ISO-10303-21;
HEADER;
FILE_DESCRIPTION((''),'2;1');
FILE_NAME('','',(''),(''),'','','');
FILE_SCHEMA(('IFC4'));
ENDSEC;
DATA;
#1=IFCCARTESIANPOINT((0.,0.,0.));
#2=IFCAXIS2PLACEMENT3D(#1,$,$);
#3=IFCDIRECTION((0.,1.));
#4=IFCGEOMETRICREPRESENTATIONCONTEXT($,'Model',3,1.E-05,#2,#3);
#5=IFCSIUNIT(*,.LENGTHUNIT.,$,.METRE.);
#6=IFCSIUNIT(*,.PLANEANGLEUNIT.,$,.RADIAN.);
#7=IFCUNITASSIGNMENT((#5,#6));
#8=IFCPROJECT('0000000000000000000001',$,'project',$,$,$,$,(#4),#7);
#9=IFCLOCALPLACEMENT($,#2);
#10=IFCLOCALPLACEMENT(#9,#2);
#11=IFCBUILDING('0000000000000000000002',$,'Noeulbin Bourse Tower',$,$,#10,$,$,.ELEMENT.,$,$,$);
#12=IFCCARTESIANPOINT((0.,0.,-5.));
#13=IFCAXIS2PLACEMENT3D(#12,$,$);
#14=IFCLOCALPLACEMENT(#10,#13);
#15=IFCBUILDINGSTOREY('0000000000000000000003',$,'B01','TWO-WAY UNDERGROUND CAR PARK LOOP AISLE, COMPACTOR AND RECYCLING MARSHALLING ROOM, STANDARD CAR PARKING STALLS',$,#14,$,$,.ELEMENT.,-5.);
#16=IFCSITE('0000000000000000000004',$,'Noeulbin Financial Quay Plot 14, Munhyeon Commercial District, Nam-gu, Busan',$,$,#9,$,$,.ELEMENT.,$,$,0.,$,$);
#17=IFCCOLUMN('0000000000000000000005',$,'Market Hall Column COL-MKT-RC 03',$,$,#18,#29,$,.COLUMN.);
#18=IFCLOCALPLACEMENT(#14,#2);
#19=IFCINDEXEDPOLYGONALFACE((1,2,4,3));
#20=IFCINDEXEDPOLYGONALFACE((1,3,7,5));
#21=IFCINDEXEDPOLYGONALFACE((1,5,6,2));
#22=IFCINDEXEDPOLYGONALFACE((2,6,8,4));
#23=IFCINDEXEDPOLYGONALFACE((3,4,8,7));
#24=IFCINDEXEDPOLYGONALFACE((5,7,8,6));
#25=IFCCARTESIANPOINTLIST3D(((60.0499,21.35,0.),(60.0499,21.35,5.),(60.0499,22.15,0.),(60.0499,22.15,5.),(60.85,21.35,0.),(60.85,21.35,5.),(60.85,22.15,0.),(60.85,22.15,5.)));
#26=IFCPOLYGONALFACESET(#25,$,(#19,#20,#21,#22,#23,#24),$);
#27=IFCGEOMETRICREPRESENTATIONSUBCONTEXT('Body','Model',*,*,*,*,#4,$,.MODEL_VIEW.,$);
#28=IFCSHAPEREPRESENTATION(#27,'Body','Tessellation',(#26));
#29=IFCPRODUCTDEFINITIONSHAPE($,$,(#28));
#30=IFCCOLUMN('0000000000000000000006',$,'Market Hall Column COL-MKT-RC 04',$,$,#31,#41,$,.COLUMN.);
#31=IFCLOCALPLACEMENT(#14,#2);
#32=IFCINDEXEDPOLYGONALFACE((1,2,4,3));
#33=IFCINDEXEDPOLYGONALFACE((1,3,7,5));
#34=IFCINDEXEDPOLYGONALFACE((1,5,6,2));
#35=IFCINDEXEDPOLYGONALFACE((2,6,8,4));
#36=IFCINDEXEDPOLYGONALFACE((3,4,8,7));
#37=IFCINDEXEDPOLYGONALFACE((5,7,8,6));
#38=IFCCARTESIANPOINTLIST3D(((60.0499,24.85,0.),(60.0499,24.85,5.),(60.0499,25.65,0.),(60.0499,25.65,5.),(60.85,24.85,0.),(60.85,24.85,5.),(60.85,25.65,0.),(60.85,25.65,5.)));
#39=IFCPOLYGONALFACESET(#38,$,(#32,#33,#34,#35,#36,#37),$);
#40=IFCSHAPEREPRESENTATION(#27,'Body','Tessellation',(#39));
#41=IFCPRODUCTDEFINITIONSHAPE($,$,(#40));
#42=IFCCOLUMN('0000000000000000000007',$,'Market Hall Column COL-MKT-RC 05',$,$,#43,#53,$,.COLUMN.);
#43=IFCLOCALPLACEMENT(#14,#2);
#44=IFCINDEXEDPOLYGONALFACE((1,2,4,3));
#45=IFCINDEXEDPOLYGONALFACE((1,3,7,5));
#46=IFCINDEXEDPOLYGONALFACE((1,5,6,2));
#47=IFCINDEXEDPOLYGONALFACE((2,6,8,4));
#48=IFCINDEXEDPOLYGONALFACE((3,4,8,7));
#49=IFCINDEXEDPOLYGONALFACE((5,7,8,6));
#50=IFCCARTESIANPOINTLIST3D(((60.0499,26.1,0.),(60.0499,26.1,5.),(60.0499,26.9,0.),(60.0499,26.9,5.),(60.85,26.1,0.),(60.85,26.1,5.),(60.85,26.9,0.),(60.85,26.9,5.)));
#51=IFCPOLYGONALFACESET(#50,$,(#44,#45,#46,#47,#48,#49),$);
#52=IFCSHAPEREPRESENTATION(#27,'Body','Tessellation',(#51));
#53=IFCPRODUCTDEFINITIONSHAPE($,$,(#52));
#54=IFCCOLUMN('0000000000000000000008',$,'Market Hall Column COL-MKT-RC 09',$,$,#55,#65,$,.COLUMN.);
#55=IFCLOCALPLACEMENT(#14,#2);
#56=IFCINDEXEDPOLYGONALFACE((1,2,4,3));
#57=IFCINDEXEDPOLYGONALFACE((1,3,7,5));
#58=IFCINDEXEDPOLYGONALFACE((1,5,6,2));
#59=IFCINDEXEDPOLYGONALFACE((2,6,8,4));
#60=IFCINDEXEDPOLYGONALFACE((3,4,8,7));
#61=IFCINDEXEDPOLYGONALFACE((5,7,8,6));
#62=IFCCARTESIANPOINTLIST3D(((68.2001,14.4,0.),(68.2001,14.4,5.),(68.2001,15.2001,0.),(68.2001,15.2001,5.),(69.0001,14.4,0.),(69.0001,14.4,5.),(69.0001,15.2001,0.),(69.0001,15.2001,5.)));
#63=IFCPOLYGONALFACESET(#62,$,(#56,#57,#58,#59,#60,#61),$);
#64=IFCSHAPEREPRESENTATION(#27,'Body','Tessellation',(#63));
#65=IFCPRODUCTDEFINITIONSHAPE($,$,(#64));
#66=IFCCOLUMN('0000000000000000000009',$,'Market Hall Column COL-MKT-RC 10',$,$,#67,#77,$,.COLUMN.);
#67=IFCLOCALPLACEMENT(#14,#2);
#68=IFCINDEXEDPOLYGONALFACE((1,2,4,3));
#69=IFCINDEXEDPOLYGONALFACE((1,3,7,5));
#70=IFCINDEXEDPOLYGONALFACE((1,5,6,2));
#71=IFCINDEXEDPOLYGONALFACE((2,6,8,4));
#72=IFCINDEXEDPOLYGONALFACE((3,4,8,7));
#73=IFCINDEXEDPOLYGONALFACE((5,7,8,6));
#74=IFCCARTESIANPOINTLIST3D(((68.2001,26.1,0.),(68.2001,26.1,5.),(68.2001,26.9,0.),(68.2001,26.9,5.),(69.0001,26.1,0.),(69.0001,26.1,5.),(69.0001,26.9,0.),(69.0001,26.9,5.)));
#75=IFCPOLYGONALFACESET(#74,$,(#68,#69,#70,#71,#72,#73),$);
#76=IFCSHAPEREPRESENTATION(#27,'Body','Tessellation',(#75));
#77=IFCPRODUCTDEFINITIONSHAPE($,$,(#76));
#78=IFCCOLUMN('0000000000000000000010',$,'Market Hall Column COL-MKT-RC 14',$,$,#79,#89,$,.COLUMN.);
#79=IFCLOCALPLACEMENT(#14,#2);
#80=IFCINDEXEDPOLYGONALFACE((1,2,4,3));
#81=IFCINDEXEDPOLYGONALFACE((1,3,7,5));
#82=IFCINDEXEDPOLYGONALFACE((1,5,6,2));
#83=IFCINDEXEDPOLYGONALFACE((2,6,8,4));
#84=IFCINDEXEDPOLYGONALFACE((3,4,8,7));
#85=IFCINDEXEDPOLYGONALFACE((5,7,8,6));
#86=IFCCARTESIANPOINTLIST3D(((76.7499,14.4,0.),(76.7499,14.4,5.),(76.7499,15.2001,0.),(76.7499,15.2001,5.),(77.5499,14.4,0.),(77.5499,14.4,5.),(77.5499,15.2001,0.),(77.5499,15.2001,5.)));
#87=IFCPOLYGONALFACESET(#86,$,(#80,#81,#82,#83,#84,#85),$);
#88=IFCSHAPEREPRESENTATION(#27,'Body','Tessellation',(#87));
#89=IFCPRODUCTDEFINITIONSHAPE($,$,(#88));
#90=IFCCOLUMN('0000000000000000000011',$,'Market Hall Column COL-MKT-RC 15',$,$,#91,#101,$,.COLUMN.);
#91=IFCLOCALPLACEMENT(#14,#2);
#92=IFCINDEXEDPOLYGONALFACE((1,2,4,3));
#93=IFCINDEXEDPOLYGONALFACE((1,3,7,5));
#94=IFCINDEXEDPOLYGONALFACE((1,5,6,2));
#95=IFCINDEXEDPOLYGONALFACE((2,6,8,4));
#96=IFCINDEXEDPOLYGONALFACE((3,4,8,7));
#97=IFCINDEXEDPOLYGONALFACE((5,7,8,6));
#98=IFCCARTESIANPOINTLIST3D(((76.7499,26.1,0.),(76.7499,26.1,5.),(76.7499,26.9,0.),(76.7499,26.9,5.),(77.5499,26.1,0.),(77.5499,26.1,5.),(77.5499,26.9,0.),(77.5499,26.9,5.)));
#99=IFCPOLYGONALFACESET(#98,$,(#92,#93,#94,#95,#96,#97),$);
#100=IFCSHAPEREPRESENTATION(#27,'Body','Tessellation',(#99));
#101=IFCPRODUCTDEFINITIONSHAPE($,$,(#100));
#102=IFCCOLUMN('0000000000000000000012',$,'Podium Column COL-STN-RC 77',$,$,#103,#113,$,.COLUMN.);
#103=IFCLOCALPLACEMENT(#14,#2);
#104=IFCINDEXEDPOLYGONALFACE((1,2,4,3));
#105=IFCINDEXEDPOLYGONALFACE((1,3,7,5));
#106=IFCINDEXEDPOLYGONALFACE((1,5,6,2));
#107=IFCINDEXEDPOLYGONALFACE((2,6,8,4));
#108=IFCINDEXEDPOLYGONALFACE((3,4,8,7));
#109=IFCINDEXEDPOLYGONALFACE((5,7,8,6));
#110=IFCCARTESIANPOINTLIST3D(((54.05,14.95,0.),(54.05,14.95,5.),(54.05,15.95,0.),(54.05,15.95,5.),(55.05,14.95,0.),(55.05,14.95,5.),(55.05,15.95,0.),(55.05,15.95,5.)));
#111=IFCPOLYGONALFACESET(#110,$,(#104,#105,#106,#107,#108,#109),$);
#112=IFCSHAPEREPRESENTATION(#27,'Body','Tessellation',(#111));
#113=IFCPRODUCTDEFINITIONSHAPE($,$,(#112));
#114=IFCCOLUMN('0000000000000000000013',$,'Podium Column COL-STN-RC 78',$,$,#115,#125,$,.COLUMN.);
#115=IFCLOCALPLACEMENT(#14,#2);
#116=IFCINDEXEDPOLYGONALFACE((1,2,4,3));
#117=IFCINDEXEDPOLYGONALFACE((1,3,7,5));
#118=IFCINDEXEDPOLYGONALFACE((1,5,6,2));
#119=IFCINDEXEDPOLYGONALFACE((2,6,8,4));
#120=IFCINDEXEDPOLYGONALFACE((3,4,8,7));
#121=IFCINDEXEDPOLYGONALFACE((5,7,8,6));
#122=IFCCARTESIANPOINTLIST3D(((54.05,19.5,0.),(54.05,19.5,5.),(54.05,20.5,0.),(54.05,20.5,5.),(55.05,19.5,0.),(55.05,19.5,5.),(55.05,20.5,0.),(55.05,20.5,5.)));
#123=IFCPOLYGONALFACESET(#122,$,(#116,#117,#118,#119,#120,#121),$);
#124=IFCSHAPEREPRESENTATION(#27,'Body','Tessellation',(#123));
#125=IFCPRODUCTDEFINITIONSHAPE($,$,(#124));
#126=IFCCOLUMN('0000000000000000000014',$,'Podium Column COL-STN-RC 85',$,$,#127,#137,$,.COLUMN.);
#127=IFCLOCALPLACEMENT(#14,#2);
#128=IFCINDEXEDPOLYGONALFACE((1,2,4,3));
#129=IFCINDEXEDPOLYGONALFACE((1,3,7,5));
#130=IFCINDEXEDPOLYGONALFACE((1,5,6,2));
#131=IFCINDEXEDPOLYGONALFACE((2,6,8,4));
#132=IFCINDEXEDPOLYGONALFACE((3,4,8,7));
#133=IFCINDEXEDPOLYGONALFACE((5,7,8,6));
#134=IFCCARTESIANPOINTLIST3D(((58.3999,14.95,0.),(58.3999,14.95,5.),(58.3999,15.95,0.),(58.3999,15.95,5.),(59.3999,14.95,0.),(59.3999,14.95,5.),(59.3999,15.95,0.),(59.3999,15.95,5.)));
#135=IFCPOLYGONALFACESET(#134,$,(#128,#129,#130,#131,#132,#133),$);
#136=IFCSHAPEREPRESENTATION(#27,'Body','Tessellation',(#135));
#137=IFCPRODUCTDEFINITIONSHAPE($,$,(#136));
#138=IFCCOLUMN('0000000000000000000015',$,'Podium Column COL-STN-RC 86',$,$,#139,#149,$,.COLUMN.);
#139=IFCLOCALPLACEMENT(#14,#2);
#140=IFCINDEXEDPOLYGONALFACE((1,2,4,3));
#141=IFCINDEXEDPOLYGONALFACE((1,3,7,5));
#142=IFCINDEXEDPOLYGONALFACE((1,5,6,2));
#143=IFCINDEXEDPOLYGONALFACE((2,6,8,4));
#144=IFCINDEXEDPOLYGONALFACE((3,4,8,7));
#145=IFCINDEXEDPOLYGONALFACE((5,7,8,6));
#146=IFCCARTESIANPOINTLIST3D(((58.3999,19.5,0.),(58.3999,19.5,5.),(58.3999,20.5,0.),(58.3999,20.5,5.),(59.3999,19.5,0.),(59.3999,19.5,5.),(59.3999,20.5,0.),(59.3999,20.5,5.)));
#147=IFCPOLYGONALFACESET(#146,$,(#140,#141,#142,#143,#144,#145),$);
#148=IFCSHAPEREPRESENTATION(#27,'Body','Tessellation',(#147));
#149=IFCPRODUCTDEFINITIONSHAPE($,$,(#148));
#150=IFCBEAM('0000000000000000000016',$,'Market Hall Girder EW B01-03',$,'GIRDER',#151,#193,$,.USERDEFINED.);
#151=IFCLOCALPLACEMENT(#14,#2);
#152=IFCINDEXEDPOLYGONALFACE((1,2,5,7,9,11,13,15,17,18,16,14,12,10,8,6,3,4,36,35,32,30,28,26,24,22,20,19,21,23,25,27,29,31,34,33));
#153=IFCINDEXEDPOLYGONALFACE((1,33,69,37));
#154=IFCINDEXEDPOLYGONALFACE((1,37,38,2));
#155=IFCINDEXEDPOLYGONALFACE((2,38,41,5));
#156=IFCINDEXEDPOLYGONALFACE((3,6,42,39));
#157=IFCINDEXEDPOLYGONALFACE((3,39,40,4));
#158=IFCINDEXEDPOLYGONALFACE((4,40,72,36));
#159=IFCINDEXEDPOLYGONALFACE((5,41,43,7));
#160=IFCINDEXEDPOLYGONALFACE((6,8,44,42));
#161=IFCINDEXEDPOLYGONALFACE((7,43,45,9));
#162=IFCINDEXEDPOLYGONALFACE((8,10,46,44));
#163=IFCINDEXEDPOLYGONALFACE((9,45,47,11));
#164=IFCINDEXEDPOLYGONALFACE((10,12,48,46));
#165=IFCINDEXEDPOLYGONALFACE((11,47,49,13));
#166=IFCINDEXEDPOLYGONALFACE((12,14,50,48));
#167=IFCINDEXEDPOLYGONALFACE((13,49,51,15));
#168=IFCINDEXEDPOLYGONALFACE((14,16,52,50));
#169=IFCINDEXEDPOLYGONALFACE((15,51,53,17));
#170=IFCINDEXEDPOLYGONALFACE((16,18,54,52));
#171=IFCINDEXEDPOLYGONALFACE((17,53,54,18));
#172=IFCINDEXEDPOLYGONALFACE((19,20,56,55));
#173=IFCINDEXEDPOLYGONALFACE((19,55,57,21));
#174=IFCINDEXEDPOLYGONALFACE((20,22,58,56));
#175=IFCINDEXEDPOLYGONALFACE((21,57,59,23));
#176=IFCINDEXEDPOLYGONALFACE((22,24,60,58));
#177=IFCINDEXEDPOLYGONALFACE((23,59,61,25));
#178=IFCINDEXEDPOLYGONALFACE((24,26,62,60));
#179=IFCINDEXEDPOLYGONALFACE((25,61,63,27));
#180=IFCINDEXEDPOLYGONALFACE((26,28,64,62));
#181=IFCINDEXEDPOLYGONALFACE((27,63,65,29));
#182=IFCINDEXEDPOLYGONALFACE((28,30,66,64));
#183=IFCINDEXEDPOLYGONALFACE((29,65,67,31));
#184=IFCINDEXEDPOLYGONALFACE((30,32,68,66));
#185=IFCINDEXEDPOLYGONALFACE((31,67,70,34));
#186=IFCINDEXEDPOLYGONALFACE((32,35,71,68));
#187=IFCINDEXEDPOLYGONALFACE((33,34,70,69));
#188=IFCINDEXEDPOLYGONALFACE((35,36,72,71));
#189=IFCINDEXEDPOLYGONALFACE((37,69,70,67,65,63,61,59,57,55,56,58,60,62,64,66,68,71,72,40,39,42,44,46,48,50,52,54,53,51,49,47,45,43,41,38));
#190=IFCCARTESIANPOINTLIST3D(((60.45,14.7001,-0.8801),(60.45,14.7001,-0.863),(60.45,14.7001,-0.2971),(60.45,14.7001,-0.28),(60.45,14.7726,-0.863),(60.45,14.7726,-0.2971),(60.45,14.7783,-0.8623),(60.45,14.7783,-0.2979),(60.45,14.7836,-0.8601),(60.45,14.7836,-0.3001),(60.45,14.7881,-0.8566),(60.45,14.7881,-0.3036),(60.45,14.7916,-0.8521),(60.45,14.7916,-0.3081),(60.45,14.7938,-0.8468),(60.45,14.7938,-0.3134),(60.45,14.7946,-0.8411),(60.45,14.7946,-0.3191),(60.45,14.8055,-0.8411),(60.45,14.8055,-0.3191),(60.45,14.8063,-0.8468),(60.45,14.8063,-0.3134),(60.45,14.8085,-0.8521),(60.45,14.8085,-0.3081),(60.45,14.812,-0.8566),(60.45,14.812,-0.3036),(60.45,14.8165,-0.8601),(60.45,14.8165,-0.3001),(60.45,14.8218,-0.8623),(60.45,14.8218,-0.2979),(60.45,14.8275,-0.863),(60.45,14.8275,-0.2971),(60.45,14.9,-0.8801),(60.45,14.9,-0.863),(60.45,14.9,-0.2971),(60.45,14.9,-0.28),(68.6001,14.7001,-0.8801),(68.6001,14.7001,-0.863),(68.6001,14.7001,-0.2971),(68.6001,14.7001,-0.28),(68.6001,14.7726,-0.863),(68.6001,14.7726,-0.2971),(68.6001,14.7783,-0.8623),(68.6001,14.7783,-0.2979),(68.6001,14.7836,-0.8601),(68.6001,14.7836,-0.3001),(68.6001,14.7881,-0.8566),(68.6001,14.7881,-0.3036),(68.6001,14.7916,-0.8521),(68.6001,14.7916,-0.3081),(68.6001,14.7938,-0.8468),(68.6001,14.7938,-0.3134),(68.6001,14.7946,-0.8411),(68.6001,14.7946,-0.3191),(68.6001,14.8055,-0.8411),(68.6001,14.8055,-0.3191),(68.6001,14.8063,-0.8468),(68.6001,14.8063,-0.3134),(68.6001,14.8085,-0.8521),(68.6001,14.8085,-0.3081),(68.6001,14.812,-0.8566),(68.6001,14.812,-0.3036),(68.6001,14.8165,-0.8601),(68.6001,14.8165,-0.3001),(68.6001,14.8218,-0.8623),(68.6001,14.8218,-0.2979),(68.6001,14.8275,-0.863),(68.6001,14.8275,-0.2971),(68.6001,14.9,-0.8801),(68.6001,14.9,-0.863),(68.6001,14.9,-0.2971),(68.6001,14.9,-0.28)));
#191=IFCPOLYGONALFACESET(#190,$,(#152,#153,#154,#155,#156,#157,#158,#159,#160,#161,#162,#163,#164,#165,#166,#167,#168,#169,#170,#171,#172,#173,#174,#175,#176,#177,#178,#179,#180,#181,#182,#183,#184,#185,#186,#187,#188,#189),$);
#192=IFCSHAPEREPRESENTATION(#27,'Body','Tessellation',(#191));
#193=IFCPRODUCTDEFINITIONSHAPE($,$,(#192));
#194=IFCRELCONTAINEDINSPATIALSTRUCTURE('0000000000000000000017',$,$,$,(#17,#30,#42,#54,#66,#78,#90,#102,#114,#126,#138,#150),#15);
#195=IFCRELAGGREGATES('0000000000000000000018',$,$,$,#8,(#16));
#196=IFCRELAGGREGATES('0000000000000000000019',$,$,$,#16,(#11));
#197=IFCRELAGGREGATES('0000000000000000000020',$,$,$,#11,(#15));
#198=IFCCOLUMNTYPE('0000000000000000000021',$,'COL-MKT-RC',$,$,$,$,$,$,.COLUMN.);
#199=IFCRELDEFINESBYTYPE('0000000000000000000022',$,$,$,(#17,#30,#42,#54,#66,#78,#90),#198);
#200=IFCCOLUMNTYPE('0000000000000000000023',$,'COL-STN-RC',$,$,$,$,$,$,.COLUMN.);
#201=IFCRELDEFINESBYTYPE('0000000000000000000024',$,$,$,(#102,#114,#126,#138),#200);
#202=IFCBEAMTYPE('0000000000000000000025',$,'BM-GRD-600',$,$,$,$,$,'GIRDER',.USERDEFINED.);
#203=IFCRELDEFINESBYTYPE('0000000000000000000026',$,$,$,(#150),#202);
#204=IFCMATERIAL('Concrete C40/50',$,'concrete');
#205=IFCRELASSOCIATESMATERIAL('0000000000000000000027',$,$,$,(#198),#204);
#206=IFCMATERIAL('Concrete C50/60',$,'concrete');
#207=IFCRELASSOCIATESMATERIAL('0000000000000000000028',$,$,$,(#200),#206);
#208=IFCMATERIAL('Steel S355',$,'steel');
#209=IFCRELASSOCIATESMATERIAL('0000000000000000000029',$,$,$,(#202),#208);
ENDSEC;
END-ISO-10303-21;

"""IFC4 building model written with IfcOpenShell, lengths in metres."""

from ifc_helpers import new_model, si_unit, direction, frame, origin, origin_2d, place, context, subcontext, project, spatial, rectangle, i_section, extrude, material, material_profile, profile_set, type_object, element, save


model = new_model("IFC4")

# Units and contexts
model_context = context("Model", 3, precision=1e-05, world=origin(), true_north=direction((0.0, 1.0)))
body_context = subcontext(model_context, "Body", "Model", "MODEL_VIEW")
ifc_project = project(units=[si_unit("LENGTHUNIT", "METRE"), si_unit("PLANEANGLEUNIT", "RADIAN")], contexts=[model_context])

# Site, building, storey
site_placement = place(None, origin())
site = spatial("IfcSite", under=ifc_project, at=site_placement, Name="Noeulbin Financial Quay Plot 14, Munhyeon Commercial District, Nam-gu, Busan", CompositionType="ELEMENT", RefElevation=0.0)
building_placement = place(site_placement, origin())
building = spatial("IfcBuilding", under=site, at=building_placement, Name="Noeulbin Bourse Tower", CompositionType="ELEMENT")
storey_placement = place(building_placement, frame((0.0, 0.0, -5.0)))
storey = spatial("IfcBuildingStorey", under=building, at=storey_placement, Name="B01", Description="TWO-WAY UNDERGROUND CAR PARK LOOP AISLE, COMPACTOR AND RECYCLING MARSHALLING ROOM, STANDARD CAR PARKING STALLS", CompositionType="ELEMENT", Elevation=-5.0)

# Columns
ifc_material_1 = material(Name="Concrete C40/50", Category="concrete")
ifc_material_profile_1 = material_profile(ifc_material_1, rectangle(XDim=0.8, YDim=0.8, at=origin_2d()), Name="RC-COL-800x800", Category="LoadBearing")
ifc_profile_set_1 = profile_set([ifc_material_profile_1], Name="Concrete C40/50")
column_type_1 = type_object("IfcColumnType", Name="COL-MKT-RC", PredefinedType="COLUMN", material=ifc_profile_set_1)
for number, where, z_axis, x_axis, name in (
    (1, (60.45, 21.75, 0.0), (0.0, 0.0, 1.0), (1.0, 0.0, 0.0), "Market Hall Column COL-MKT-RC 03"),
    (2, (60.45, 25.25, 0.0), (0.0, 0.0, 1.0), (1.0, 0.0, 0.0), "Market Hall Column COL-MKT-RC 04"),
    (3, (60.45, 26.5, 0.0), (0.0, 0.0, 1.0), (1.0, 0.0, 0.0), "Market Hall Column COL-MKT-RC 05"),
    (4, (68.6001, 14.8, 0.0), (0.0, 0.0, 1.0), (1.0, 0.0, 0.0), "Market Hall Column COL-MKT-RC 09"),
    (5, (68.6001, 26.5, 0.0), (0.0, 0.0, 1.0), (1.0, 0.0, 0.0), "Market Hall Column COL-MKT-RC 10"),
    (6, (77.1499, 14.8, 0.0), (0.0, 0.0, 1.0), (1.0, 0.0, 0.0), "Market Hall Column COL-MKT-RC 14"),
    (7, (77.1499, 26.5, 0.0), (0.0, 0.0, 1.0), (1.0, 0.0, 0.0), "Market Hall Column COL-MKT-RC 15"),
):
    element("IfcColumn", number, at=place(storey_placement, frame(where, z_axis=z_axis, x_axis=x_axis)), inside=storey, type_object=column_type_1, Name=name, PredefinedType="COLUMN", context=body_context, shape_type="SweptSolid", body=[
        extrude(rectangle(XDim=0.8, YDim=0.8, at=origin_2d()), origin(), (0.0, 0.0, 1.0), 5.0),
    ])
ifc_material_2 = material(Name="Concrete C50/60", Category="concrete")
ifc_material_profile_2 = material_profile(ifc_material_2, rectangle(XDim=1.0, YDim=1.0, at=origin_2d()), Name="RC-COL-1000x1000", Category="LoadBearing")
ifc_profile_set_2 = profile_set([ifc_material_profile_2], Name="Concrete C50/60")
column_type_2 = type_object("IfcColumnType", Name="COL-STN-RC", PredefinedType="COLUMN", material=ifc_profile_set_2)
for number, where, z_axis, x_axis, name in (
    (8, (54.55, 15.45, 0.0), (0.0, 0.0, 1.0), (1.0, 0.0, 0.0), "Podium Column COL-STN-RC 77"),
    (9, (54.55, 20.0, 0.0), (0.0, 0.0, 1.0), (1.0, 0.0, 0.0), "Podium Column COL-STN-RC 78"),
    (10, (58.8999, 15.45, 0.0), (0.0, 0.0, 1.0), (1.0, 0.0, 0.0), "Podium Column COL-STN-RC 85"),
    (11, (58.8999, 20.0, 0.0), (0.0, 0.0, 1.0), (1.0, 0.0, 0.0), "Podium Column COL-STN-RC 86"),
):
    element("IfcColumn", number, at=place(storey_placement, frame(where, z_axis=z_axis, x_axis=x_axis)), inside=storey, type_object=column_type_2, Name=name, PredefinedType="COLUMN", context=body_context, shape_type="SweptSolid", body=[
        extrude(rectangle(XDim=1.0, YDim=1.0, at=origin_2d()), origin(), (0.0, 0.0, 1.0), 5.0),
    ])

# Beam
ifc_material_3 = material(Name="Steel S355", Category="steel")
ifc_material_profile_3 = material_profile(ifc_material_3, i_section(OverallWidth=0.2, OverallDepth=0.6001, WebThickness=0.011, FlangeThickness=0.0171, FilletRadius=0.022, at=origin_2d()), Name="H-600x200x11x17", Category="LoadBearing")
ifc_profile_set_3 = profile_set([ifc_material_profile_3], Name="Steel S355")
beam_type_1 = type_object("IfcBeamType", Name="BM-GRD-600", ElementType="GIRDER", PredefinedType="USERDEFINED", material=ifc_profile_set_3)
beam_1_placement = place(storey_placement, frame((60.45, 14.8, -0.5801), z_axis=(1.0, 0.0, 0.0), x_axis=(0.0, 1.0, 0.0)))
element("IfcBeam", 12, at=beam_1_placement, inside=storey, type_object=beam_type_1, Name="Market Hall Girder EW B01-03", ObjectType="GIRDER", PredefinedType="USERDEFINED", context=body_context, shape_type="SweptSolid", body=[
    extrude(i_section(OverallWidth=0.2, OverallDepth=0.6001, WebThickness=0.011, FlangeThickness=0.0171, FilletRadius=0.022, at=origin_2d()), origin(), (0.0, 0.0, 1.0), 8.1501),
])

save(model, "model.ifc")
